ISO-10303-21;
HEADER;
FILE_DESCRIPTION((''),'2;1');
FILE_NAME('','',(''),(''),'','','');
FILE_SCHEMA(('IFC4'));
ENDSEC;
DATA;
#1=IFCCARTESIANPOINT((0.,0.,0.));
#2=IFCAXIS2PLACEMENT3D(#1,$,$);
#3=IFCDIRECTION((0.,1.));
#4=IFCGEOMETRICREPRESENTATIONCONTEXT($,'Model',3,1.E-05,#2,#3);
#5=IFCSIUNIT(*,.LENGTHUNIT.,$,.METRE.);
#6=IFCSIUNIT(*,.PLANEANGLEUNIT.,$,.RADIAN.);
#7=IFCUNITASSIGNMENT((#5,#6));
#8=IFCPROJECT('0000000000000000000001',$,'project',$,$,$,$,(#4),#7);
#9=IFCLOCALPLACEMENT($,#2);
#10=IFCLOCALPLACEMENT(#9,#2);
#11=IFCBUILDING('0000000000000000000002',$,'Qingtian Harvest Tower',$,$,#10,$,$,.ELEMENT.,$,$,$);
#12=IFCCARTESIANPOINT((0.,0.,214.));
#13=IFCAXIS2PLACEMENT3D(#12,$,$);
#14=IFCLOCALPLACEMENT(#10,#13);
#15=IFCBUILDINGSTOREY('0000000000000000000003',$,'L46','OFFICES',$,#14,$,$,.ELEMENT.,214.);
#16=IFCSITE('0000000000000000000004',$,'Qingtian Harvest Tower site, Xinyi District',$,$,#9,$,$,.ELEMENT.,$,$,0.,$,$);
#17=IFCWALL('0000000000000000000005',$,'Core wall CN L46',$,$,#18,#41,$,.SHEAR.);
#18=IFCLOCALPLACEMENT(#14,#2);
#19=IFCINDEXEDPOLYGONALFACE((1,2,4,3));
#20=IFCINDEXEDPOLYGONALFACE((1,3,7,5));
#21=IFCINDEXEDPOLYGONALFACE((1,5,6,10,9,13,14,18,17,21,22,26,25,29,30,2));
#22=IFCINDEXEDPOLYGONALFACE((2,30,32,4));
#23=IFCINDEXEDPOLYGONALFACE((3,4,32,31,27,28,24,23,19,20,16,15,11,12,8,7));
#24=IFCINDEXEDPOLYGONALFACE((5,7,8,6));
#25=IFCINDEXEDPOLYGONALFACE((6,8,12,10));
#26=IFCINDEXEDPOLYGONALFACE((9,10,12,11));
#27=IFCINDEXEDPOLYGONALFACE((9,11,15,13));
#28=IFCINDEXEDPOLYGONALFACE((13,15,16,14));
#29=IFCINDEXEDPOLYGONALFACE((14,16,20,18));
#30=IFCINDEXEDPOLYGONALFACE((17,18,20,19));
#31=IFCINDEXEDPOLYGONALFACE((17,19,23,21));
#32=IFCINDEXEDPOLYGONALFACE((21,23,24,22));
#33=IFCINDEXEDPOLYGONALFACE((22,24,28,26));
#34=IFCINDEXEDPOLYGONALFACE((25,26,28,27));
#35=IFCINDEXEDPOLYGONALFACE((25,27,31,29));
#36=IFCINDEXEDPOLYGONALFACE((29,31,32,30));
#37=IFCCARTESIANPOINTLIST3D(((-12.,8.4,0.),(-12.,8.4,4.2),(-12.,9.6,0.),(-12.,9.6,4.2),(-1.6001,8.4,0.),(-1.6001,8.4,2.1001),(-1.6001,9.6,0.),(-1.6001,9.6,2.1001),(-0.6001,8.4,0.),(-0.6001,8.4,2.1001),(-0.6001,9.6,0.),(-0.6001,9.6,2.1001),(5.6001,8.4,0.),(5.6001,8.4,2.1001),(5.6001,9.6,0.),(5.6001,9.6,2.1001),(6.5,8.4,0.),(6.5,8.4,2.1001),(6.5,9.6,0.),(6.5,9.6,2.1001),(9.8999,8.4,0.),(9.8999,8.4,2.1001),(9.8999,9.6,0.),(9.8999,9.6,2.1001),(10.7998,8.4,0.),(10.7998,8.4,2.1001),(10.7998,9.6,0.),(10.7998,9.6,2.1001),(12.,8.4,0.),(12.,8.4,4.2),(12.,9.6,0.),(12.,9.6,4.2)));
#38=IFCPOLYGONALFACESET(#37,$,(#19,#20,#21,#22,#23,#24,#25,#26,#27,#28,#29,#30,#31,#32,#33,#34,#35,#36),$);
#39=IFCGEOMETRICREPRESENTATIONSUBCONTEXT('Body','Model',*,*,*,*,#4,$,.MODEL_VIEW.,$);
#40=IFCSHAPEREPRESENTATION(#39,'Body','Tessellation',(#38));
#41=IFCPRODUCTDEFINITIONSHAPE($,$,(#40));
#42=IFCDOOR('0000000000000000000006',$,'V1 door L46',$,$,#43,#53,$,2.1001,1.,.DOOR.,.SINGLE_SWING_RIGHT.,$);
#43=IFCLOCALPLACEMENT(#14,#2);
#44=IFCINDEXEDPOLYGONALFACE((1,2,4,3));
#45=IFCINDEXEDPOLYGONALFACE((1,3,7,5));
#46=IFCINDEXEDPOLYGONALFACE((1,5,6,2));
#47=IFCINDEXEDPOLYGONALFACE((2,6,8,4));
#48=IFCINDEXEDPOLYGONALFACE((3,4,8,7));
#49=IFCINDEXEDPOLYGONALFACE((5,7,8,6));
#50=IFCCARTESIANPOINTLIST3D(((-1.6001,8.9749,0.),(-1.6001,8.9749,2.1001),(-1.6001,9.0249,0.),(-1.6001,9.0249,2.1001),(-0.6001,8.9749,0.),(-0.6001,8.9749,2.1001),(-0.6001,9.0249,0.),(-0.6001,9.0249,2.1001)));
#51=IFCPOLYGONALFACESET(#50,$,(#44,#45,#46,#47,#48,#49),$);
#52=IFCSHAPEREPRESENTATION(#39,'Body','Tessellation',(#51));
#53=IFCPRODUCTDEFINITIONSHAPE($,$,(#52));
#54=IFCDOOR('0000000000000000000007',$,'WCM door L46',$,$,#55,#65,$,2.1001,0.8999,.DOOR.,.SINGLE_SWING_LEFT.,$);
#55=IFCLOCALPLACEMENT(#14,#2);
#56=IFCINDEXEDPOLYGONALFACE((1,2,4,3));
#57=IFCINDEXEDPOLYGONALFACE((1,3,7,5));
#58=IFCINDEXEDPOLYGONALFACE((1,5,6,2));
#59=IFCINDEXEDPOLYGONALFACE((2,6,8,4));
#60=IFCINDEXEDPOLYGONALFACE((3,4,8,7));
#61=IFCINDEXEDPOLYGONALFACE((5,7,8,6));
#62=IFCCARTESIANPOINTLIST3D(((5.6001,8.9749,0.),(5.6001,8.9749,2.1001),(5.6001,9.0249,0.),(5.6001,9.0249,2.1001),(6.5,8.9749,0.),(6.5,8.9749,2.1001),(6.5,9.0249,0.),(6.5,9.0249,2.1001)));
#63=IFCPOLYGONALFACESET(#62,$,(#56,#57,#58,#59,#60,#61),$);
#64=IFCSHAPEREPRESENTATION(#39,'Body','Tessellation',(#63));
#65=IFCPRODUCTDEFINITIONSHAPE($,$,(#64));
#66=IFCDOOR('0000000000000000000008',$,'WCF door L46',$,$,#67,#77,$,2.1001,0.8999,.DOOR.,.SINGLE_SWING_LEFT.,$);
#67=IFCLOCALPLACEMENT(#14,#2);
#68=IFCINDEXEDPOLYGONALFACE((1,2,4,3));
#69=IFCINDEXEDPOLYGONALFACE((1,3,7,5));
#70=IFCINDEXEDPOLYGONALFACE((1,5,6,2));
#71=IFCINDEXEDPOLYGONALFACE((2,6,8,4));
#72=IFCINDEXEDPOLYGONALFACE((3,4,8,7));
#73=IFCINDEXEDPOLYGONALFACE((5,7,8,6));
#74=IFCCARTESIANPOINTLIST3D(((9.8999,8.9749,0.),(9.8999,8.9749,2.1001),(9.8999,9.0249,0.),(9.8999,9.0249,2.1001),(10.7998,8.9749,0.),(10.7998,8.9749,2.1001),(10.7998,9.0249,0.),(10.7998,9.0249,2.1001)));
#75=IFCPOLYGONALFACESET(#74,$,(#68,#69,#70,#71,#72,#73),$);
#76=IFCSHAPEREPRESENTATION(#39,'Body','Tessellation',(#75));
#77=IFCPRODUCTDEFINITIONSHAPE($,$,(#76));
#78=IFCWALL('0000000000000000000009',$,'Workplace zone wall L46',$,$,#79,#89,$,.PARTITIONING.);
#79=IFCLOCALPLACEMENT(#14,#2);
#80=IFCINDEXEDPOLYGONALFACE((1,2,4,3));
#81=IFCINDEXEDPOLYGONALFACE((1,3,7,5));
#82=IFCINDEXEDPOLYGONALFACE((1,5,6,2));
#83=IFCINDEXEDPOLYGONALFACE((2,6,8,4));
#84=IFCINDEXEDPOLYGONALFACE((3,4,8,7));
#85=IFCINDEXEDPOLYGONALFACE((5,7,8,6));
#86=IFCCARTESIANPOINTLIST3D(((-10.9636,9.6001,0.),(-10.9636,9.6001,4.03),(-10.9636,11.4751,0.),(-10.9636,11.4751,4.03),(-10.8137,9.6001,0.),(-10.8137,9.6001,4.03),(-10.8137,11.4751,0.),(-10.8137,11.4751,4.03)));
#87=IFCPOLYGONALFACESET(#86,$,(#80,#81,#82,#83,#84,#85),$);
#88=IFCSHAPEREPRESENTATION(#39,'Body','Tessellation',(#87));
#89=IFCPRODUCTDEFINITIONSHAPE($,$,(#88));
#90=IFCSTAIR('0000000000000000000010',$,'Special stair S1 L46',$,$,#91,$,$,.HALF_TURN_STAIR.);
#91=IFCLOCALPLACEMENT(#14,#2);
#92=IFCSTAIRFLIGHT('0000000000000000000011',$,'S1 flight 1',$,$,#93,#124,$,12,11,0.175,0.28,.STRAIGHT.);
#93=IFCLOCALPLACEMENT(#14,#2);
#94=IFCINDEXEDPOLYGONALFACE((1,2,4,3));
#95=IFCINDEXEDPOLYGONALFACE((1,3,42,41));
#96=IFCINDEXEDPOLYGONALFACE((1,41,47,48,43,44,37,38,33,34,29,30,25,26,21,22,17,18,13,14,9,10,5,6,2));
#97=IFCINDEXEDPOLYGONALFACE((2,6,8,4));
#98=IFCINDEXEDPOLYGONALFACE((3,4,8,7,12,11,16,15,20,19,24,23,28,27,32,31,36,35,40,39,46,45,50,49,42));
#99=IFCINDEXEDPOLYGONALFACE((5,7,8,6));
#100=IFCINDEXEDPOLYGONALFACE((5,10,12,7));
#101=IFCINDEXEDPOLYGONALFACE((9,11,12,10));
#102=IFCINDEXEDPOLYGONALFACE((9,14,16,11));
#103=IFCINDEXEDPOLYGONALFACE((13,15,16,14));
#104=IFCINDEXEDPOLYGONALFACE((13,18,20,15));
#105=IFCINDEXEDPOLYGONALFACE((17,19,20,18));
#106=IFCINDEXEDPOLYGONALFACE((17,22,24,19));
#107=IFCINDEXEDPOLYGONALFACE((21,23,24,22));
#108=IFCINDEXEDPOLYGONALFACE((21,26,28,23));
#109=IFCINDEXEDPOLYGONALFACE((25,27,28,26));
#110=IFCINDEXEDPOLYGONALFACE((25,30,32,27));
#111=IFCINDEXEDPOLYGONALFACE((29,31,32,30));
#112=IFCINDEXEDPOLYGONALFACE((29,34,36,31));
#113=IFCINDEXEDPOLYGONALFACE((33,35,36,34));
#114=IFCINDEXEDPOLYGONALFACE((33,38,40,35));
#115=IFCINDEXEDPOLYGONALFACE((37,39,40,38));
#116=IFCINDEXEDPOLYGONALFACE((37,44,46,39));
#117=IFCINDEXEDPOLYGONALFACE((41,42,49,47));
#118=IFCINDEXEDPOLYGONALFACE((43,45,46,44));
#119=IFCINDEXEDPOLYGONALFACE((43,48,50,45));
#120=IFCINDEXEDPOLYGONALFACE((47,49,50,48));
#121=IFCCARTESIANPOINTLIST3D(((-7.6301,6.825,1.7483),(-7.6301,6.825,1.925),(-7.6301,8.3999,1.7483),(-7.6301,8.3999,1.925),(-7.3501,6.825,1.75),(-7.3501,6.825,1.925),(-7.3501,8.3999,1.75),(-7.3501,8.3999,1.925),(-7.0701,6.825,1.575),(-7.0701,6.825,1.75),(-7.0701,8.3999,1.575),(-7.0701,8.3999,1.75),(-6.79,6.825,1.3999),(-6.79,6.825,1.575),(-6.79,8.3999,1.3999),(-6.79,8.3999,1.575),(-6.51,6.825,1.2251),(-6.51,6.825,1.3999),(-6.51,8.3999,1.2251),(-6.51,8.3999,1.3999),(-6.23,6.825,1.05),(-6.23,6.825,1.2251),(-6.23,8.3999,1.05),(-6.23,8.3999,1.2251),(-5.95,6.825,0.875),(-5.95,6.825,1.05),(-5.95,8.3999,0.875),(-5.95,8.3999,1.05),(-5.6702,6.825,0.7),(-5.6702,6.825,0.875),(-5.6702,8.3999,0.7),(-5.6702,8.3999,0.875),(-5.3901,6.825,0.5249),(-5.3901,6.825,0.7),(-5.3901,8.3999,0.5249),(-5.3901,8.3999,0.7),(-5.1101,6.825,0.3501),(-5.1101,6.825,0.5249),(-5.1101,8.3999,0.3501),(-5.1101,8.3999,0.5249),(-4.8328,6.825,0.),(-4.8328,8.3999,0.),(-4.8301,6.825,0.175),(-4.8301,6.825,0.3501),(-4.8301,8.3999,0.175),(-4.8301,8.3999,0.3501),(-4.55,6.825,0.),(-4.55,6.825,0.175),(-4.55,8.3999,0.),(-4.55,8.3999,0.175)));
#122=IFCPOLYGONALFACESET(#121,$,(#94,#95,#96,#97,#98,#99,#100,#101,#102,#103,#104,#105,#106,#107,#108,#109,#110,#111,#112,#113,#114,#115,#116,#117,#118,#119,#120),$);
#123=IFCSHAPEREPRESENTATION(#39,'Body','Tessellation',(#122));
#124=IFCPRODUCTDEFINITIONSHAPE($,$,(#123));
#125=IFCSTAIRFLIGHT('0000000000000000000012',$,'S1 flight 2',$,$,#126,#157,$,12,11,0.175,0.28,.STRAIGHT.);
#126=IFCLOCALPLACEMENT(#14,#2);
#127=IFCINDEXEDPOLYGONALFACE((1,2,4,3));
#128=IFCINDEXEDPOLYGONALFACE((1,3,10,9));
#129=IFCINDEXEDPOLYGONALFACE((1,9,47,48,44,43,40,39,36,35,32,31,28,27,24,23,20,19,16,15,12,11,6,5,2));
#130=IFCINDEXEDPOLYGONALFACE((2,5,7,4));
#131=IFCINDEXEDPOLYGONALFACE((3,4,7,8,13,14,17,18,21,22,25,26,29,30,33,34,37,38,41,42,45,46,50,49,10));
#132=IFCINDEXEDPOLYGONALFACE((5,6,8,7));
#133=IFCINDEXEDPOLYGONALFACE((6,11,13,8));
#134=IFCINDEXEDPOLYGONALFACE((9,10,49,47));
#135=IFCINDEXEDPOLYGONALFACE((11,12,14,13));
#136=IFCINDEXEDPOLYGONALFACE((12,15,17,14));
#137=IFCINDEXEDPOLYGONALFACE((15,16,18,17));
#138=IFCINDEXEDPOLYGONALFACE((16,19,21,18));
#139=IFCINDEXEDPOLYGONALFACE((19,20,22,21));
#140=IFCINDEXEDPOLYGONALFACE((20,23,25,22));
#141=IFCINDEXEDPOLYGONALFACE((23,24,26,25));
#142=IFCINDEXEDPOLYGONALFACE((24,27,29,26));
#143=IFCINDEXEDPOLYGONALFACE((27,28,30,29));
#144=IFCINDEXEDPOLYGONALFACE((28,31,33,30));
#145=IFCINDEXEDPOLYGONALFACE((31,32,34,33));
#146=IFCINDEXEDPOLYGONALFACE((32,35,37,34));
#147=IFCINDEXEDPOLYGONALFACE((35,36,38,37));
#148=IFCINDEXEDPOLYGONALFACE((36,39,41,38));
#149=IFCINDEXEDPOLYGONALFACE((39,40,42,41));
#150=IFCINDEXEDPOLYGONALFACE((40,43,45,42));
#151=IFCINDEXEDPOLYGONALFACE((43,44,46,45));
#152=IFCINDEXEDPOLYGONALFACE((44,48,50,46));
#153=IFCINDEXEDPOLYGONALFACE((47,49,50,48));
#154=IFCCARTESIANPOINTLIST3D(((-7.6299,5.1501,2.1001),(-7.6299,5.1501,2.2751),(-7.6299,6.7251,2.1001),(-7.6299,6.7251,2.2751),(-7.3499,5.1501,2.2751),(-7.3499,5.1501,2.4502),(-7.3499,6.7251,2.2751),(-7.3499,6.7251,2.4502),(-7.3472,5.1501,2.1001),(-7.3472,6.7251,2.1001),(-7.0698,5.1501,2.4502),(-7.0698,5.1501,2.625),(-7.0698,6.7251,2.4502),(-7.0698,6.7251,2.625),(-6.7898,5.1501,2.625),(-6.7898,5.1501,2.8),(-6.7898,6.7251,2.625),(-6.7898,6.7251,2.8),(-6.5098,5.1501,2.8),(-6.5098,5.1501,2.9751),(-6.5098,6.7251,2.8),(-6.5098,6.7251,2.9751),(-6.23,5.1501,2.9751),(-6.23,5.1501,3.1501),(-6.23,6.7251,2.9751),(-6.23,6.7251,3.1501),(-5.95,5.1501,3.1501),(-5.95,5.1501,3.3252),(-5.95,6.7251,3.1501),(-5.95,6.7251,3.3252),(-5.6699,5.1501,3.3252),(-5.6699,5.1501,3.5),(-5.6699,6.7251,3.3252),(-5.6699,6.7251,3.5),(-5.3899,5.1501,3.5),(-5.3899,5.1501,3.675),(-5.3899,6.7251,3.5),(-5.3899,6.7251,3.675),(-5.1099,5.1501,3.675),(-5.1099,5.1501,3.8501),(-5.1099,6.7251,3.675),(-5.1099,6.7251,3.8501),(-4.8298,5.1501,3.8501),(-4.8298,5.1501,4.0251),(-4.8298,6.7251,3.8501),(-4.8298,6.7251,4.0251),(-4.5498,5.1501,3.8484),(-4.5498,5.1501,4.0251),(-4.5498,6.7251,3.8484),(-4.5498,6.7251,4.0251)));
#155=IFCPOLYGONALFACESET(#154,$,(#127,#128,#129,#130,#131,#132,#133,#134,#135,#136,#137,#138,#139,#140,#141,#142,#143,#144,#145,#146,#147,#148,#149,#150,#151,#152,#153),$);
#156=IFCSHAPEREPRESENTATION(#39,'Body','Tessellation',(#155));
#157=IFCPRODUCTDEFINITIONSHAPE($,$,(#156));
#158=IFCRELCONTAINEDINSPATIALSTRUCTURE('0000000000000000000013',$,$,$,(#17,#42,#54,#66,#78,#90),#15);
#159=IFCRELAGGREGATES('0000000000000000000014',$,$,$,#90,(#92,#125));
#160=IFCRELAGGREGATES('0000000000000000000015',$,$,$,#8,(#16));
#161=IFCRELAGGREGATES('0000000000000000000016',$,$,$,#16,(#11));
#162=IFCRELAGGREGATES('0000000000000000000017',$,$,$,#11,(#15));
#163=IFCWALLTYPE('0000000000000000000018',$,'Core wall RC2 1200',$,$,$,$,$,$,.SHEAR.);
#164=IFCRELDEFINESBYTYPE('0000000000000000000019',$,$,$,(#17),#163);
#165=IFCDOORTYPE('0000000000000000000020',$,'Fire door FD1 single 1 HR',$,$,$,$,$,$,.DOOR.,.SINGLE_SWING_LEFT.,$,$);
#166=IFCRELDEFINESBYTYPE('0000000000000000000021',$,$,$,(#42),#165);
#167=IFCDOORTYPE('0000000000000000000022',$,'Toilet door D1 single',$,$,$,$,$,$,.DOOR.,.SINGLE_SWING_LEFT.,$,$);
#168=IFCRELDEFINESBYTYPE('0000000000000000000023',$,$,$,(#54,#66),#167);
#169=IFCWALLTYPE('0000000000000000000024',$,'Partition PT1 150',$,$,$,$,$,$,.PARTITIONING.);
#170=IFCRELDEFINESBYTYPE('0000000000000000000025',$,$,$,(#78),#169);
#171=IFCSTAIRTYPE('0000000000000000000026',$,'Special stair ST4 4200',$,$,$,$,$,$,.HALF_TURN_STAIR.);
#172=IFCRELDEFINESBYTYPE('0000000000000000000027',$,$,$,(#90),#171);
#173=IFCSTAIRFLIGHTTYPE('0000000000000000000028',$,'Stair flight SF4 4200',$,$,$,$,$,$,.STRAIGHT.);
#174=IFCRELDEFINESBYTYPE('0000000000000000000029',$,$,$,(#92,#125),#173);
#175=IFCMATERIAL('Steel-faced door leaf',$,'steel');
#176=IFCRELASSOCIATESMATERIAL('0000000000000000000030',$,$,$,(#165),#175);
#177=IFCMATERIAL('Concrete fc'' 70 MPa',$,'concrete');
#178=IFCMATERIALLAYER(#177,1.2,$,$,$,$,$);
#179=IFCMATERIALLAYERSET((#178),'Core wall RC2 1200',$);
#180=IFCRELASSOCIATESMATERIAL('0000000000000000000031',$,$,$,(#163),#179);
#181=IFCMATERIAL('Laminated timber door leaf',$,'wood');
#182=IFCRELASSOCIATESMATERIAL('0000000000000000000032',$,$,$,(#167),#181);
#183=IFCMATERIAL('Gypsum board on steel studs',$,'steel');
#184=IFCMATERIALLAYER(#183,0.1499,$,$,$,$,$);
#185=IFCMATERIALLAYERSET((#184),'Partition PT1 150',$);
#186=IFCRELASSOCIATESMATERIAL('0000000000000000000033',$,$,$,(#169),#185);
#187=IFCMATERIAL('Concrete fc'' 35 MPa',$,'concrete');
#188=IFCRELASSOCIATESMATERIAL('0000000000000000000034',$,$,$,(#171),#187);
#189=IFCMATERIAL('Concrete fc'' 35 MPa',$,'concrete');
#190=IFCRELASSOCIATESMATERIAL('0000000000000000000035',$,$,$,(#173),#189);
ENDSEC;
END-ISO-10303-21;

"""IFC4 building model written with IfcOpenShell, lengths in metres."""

from ifc_helpers import new_model, si_unit, direction, frame, frame_2d, origin, place, context, subcontext, project, spatial, polyline, rectangle, outline, extrude, material, layer, layer_set, type_object, element, fill, aggregate, save


model = new_model("IFC4")

# Units and contexts
model_context = context("Model", 3, precision=1e-05, world=origin(), true_north=direction((0.0, 1.0)))
body_context = subcontext(model_context, "Body", "Model", "MODEL_VIEW")
ifc_project = project(units=[si_unit("LENGTHUNIT", "METRE"), si_unit("PLANEANGLEUNIT", "RADIAN")], contexts=[model_context])

# Site, building, storey
site_placement = place(None, origin())
site = spatial("IfcSite", under=ifc_project, at=site_placement, Name="Qingtian Harvest Tower site, Xinyi District", CompositionType="ELEMENT", RefElevation=0.0)
building_placement = place(site_placement, origin())
building = spatial("IfcBuilding", under=site, at=building_placement, Name="Qingtian Harvest Tower", CompositionType="ELEMENT")
storey_placement = place(building_placement, frame((0.0, 0.0, 214.0)))
storey = spatial("IfcBuildingStorey", under=building, at=storey_placement, Name="L46", Description="OFFICES", CompositionType="ELEMENT", Elevation=214.0)

# Shared definitions
ifc_material_1 = material(Name="Steel-faced door leaf", Category="steel")
door_type_1 = type_object("IfcDoorType", Name="Fire door FD1 single 1 HR", OperationType="SINGLE_SWING_LEFT", PredefinedType="DOOR", material=ifc_material_1)

# Wall, openings, doors
ifc_material_2 = material(Name="Concrete fc' 70 MPa", Category="concrete")
ifc_layer_1 = layer(ifc_material_2, 1.2)
ifc_layer_set_1 = layer_set([ifc_layer_1], Name="Core wall RC2 1200")
wall_type_1 = type_object("IfcWallType", Name="Core wall RC2 1200", PredefinedType="SHEAR", material=ifc_layer_set_1)
wall_1_placement = place(storey_placement, frame((-12.0, 9.0, 0.0), z_axis=(0.0, 0.0, 1.0), x_axis=(1.0, 0.0, 0.0)))
wall_1 = element("IfcWall", 1, at=wall_1_placement, inside=storey, type_object=wall_type_1, Name="Core wall CN L46", PredefinedType="SHEAR", context=body_context, shape_type="SweptSolid", body=[
    extrude(rectangle(XDim=24.0, YDim=1.2, at=frame_2d((12.0, 0.0))), origin(), (0.0, 0.0, 1.0), 4.2),
])
opening_1_placement = place(wall_1_placement, frame((10.3999, 0.0, 0.0)))
opening_1 = element("IfcOpeningElement", 2, at=opening_1_placement, cuts=wall_1, PredefinedType="OPENING", context=body_context, shape_type="SweptSolid", body=[
    extrude(rectangle(XDim=1.0, YDim=2.1001, at=frame_2d((0.5, 1.05))), frame((0.0, 0.6099, 0.0), z_axis=(0.0, -1.0, 0.0), x_axis=(1.0, 0.0, 0.0)), (0.0, 0.0, 1.0), 1.22),
])
opening_2_placement = place(wall_1_placement, frame((17.6001, 0.0, 0.0)))
opening_2 = element("IfcOpeningElement", 3, at=opening_2_placement, cuts=wall_1, PredefinedType="OPENING", context=body_context, shape_type="SweptSolid", body=[
    extrude(rectangle(XDim=0.8999, YDim=2.1001, at=frame_2d((0.45, 1.05))), frame((0.0, 0.6099, 0.0), z_axis=(0.0, -1.0, 0.0), x_axis=(1.0, 0.0, 0.0)), (0.0, 0.0, 1.0), 1.22),
])
opening_3_placement = place(wall_1_placement, frame((21.8999, 0.0, 0.0)))
opening_3 = element("IfcOpeningElement", 4, at=opening_3_placement, cuts=wall_1, PredefinedType="OPENING", context=body_context, shape_type="SweptSolid", body=[
    extrude(rectangle(XDim=0.8999, YDim=2.1001, at=frame_2d((0.45, 1.05))), frame((0.0, 0.6099, 0.0), z_axis=(0.0, -1.0, 0.0), x_axis=(1.0, 0.0, 0.0)), (0.0, 0.0, 1.0), 1.22),
])
door_1_placement = place(opening_1_placement, origin())
door_1 = element("IfcDoor", 5, at=door_1_placement, inside=storey, type_object=door_type_1, Name="V1 door L46", OperationType="SINGLE_SWING_RIGHT", OverallHeight=2.1001, OverallWidth=1.0, PredefinedType="DOOR", context=body_context, shape_type="SweptSolid", body=[
    extrude(rectangle(XDim=1.0, YDim=2.1001, at=frame_2d((0.5, 1.05))), frame((0.0, 0.0249, 0.0), z_axis=(0.0, -1.0, 0.0), x_axis=(1.0, 0.0, 0.0)), (0.0, 0.0, 1.0), 0.05),
])
fill(opening_1, door_1)
ifc_material_3 = material(Name="Laminated timber door leaf", Category="wood")
door_type_2 = type_object("IfcDoorType", Name="Toilet door D1 single", OperationType="SINGLE_SWING_LEFT", PredefinedType="DOOR", material=ifc_material_3)
door_2_placement = place(opening_2_placement, origin())
door_2 = element("IfcDoor", 6, at=door_2_placement, inside=storey, type_object=door_type_2, Name="WCM door L46", OperationType="SINGLE_SWING_LEFT", OverallHeight=2.1001, OverallWidth=0.8999, PredefinedType="DOOR", context=body_context, shape_type="SweptSolid", body=[
    extrude(rectangle(XDim=0.8999, YDim=2.1001, at=frame_2d((0.45, 1.05))), frame((0.0, 0.0249, 0.0), z_axis=(0.0, -1.0, 0.0), x_axis=(1.0, 0.0, 0.0)), (0.0, 0.0, 1.0), 0.05),
])
fill(opening_2, door_2)
door_3_placement = place(opening_3_placement, origin())
door_3 = element("IfcDoor", 7, at=door_3_placement, inside=storey, type_object=door_type_2, Name="WCF door L46", OperationType="SINGLE_SWING_LEFT", OverallHeight=2.1001, OverallWidth=0.8999, PredefinedType="DOOR", context=body_context, shape_type="SweptSolid", body=[
    extrude(rectangle(XDim=0.8999, YDim=2.1001, at=frame_2d((0.45, 1.05))), frame((0.0, 0.0249, 0.0), z_axis=(0.0, -1.0, 0.0), x_axis=(1.0, 0.0, 0.0)), (0.0, 0.0, 1.0), 0.05),
])
fill(opening_3, door_3)

# Wall
ifc_material_4 = material(Name="Gypsum board on steel studs", Category="steel")
ifc_layer_2 = layer(ifc_material_4, 0.1499)
ifc_layer_set_2 = layer_set([ifc_layer_2], Name="Partition PT1 150")
wall_type_2 = type_object("IfcWallType", Name="Partition PT1 150", PredefinedType="PARTITIONING", material=ifc_layer_set_2)
wall_2_placement = place(storey_placement, frame((-10.8887, 9.6001, 0.0), z_axis=(0.0, 0.0, 1.0), x_axis=(0.0, 1.0, 0.0)))
element("IfcWall", 8, at=wall_2_placement, inside=storey, type_object=wall_type_2, Name="Workplace zone wall L46", PredefinedType="PARTITIONING", context=body_context, shape_type="SweptSolid", body=[
    extrude(rectangle(XDim=1.875, YDim=0.1499, at=frame_2d((0.9375, 0.0))), origin(), (0.0, 0.0, 1.0), 4.03),
])

# Stair, stair flights
ifc_material_5 = material(Name="Concrete fc' 35 MPa", Category="concrete")
stair_type = type_object("IfcStairType", Name="Special stair ST4 4200", PredefinedType="HALF_TURN_STAIR", material=ifc_material_5)
stair_placement = place(storey_placement, origin())
stair = element("IfcStair", 9, at=stair_placement, inside=storey, type_object=stair_type, Name="Special stair S1 L46", PredefinedType="HALF_TURN_STAIR")
ifc_material_6 = material(Name="Concrete fc' 35 MPa", Category="concrete")
stair_flight_type = type_object("IfcStairFlightType", Name="Stair flight SF4 4200", PredefinedType="STRAIGHT", material=ifc_material_6)
stair_flight_1_placement = place(storey_placement, frame((-4.55, 7.6125, 0.0), z_axis=(0.0, 0.0, 1.0), x_axis=(-1.0, 0.0, 0.0)))
stair_flight_1 = element("IfcStairFlight", 10, at=stair_flight_1_placement, type_object=stair_flight_type, Name="S1 flight 1", NumberOfRisers=12, NumberOfTreads=11, PredefinedType="STRAIGHT", RiserHeight=0.175, TreadLength=0.28, context=body_context, shape_type="SweptSolid", body=[
    extrude(outline(polyline([(0.0, 0.0), (0.0, 0.175), (0.28, 0.175), (0.28, 0.3501), (0.5601, 0.3501), (0.5601, 0.5249), (0.8401, 0.5249), (0.8401, 0.7), (1.1201, 0.7), (1.1201, 0.875), (1.3999, 0.875), (1.3999, 1.05), (1.6799, 1.05), (1.6799, 1.2251), (1.96, 1.2251), (1.96, 1.3999), (2.24, 1.3999), (2.24, 1.575), (2.52, 1.575), (2.52, 1.75), (2.8, 1.75), (2.8, 1.925), (3.0801, 1.925), (3.0801, 2.1001), (3.0801, 1.7483), (0.2827, 0.0), (0.0, 0.0)])), frame((0.0, 0.7876, 0.0), z_axis=(0.0, -1.0, 0.0), x_axis=(1.0, 0.0, 0.0)), (0.0, 0.0, 1.0), 1.575),
])
stair_flight_2_placement = place(storey_placement, frame((-7.6299, 5.9375, 2.1001), z_axis=(0.0, 0.0, 1.0), x_axis=(1.0, 0.0, 0.0)))
stair_flight_2 = element("IfcStairFlight", 11, at=stair_flight_2_placement, type_object=stair_flight_type, Name="S1 flight 2", NumberOfRisers=12, NumberOfTreads=11, PredefinedType="STRAIGHT", RiserHeight=0.175, TreadLength=0.28, context=body_context, shape_type="SweptSolid", body=[
    extrude(outline(polyline([(0.0, 0.0), (0.0, 0.175), (0.28, 0.175), (0.28, 0.3501), (0.5601, 0.3501), (0.5601, 0.5249), (0.8401, 0.5249), (0.8401, 0.7), (1.1201, 0.7), (1.1201, 0.875), (1.3999, 0.875), (1.3999, 1.05), (1.6799, 1.05), (1.6799, 1.2251), (1.96, 1.2251), (1.96, 1.3999), (2.24, 1.3999), (2.24, 1.575), (2.52, 1.575), (2.52, 1.75), (2.8, 1.75), (2.8, 1.925), (3.0801, 1.925), (3.0801, 2.1001), (3.0801, 1.7483), (0.2827, 0.0), (0.0, 0.0)])), frame((0.0, 0.7876, 0.0), z_axis=(0.0, -1.0, 0.0), x_axis=(1.0, 0.0, 0.0)), (0.0, 0.0, 1.0), 1.575),
])
aggregate(stair, [stair_flight_1, stair_flight_2])

save(model, "model.ifc")
